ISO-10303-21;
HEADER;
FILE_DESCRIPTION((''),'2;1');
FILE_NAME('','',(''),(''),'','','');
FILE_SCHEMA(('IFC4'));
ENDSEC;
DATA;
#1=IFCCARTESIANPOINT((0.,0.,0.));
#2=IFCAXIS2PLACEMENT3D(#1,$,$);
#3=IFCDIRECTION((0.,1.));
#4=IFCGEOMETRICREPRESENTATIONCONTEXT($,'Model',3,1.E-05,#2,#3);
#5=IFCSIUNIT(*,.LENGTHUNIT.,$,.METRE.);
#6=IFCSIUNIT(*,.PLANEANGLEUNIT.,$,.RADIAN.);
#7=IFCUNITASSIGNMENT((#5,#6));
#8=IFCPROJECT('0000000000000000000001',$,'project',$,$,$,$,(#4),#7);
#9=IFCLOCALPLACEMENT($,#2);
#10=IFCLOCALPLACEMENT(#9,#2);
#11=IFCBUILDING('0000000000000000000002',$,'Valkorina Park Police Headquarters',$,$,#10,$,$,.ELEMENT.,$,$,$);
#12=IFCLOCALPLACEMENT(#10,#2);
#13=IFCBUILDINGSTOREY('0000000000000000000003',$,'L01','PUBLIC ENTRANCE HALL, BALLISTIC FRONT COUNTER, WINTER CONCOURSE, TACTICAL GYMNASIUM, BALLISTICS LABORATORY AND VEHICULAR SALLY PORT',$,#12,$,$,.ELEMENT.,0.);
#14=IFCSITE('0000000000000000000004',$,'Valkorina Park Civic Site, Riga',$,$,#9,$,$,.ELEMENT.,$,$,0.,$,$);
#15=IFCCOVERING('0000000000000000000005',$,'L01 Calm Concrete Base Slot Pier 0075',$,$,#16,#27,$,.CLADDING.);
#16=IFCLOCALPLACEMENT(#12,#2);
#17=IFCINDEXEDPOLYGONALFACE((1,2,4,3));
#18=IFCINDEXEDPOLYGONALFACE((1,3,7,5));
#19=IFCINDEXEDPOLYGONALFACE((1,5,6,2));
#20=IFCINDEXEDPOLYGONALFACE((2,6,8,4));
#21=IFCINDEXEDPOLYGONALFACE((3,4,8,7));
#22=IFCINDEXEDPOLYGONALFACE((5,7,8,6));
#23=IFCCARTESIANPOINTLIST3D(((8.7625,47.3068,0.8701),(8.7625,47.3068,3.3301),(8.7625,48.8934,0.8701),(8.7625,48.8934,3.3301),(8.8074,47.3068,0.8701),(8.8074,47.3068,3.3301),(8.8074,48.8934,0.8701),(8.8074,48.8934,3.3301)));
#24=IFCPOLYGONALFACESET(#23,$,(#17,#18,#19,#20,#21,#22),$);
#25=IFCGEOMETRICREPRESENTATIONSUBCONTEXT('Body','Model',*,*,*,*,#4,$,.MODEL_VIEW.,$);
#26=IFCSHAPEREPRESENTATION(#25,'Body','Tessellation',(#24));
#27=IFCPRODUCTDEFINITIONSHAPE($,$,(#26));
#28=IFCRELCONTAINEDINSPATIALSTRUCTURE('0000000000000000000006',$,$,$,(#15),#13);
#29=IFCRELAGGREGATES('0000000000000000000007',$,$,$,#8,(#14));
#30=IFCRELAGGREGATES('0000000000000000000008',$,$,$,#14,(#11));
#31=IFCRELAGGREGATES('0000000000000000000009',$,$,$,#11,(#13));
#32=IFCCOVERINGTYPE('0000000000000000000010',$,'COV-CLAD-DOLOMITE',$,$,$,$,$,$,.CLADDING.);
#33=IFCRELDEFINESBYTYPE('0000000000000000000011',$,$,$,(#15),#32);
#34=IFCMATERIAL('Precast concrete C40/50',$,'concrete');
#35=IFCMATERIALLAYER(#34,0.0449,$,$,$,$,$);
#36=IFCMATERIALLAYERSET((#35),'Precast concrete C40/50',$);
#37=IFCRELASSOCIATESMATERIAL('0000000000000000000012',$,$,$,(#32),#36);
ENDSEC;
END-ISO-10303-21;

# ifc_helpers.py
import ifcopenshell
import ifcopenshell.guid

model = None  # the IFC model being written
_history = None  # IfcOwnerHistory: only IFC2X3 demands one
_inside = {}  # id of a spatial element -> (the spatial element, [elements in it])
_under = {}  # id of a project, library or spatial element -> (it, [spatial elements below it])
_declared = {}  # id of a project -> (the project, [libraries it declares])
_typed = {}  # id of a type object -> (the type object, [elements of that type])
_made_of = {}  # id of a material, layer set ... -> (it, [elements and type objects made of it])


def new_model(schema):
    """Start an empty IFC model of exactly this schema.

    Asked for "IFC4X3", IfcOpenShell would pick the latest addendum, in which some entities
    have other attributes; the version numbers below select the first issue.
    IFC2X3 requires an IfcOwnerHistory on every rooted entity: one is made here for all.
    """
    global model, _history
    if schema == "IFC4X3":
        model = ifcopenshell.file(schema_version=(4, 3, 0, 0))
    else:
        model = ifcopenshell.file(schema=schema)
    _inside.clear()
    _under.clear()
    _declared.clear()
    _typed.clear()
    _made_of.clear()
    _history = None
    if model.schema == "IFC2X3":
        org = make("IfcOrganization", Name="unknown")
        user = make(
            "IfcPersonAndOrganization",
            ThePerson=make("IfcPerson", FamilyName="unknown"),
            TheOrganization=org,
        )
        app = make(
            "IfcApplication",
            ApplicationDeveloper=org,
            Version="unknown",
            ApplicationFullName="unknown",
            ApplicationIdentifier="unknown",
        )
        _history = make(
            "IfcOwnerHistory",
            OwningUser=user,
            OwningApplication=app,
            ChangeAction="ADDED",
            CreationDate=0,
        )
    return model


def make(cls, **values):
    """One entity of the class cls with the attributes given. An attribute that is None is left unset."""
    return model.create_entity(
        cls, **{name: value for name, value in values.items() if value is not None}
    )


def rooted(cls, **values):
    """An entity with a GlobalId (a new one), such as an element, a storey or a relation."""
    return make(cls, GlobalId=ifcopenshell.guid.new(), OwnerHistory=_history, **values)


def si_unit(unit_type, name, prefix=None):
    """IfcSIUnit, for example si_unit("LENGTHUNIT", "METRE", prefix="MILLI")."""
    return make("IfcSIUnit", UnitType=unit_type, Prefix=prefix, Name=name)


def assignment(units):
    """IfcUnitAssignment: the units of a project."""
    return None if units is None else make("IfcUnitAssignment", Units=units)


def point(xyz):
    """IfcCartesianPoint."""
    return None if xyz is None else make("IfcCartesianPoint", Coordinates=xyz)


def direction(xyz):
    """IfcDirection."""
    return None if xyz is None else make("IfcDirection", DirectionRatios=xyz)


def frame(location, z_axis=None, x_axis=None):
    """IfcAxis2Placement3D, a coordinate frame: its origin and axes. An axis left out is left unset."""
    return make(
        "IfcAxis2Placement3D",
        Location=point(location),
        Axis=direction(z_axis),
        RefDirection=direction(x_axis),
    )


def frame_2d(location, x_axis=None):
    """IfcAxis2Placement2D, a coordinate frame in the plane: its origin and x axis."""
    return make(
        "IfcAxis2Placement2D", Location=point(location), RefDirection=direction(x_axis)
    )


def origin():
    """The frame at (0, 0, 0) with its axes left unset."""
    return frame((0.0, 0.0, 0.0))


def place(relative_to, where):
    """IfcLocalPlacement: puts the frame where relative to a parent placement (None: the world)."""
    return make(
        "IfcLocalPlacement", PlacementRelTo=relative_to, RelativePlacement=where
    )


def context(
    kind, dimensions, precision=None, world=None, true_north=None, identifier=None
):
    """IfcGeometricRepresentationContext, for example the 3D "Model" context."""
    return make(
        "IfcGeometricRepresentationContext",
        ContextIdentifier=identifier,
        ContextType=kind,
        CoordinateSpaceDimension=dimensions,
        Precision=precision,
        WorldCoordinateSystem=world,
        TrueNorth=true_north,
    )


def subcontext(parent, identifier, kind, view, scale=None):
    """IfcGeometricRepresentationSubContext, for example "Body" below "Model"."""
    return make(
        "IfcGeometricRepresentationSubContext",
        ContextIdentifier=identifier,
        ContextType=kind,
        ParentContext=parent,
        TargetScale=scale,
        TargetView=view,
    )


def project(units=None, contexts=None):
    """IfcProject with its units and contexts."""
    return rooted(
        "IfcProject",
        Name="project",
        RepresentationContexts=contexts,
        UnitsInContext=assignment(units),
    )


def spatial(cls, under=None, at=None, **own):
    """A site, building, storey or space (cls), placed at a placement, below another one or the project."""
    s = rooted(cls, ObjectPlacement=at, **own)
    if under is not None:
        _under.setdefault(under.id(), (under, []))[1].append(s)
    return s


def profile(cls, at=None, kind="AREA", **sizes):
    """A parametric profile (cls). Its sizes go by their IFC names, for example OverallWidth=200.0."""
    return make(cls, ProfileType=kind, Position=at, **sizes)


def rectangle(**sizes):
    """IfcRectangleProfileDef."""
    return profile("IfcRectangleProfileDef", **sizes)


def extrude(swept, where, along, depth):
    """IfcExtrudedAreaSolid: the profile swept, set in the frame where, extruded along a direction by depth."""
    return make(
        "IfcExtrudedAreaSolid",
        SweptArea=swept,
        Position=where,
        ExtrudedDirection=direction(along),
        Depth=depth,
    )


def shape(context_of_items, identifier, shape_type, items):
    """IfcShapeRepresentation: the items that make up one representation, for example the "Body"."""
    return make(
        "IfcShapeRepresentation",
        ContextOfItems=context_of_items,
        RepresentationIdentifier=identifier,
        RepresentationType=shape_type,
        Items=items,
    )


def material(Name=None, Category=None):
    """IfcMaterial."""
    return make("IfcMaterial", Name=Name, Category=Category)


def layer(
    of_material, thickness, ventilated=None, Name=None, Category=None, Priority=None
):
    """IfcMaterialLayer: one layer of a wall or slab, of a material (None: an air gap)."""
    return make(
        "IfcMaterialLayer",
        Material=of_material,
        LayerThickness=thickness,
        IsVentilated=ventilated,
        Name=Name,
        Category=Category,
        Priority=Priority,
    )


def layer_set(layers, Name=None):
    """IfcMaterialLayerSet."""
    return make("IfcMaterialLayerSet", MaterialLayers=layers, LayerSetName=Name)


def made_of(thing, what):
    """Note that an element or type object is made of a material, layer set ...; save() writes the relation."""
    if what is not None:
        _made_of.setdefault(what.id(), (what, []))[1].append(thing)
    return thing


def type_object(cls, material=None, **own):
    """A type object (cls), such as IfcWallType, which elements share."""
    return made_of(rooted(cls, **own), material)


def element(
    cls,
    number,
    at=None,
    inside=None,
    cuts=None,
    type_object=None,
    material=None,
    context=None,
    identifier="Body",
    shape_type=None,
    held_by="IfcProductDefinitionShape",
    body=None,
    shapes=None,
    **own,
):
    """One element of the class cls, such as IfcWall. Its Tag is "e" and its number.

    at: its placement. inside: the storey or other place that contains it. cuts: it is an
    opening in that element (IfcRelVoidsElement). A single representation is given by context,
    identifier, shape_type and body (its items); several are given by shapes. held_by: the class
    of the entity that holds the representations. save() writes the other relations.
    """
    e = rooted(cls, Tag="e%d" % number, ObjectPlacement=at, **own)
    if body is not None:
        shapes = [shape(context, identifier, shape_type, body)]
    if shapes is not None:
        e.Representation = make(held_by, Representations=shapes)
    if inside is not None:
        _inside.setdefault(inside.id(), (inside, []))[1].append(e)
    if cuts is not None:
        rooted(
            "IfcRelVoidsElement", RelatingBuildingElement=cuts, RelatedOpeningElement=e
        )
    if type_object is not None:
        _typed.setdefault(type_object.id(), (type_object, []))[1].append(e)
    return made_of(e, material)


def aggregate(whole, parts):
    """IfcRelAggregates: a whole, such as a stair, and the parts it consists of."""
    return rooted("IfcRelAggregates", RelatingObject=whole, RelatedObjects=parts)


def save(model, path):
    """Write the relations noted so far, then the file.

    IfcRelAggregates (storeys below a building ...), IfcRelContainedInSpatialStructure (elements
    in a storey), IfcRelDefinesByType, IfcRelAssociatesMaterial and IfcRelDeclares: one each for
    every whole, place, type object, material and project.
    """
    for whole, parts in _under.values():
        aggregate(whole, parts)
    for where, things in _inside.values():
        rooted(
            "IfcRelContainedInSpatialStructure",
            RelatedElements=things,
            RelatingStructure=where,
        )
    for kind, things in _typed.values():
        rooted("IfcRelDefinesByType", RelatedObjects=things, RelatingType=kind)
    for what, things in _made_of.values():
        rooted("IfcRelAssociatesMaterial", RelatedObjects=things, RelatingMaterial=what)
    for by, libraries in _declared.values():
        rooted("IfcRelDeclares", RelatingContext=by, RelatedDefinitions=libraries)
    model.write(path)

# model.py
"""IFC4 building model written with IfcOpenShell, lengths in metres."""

from ifc_helpers import new_model, si_unit, direction, frame, frame_2d, origin, place, context, subcontext, project, spatial, rectangle, extrude, material, layer, layer_set, type_object, element, save


model = new_model("IFC4")

# Units and contexts
model_context = context("Model", 3, precision=1e-05, world=origin(), true_north=direction((0.0, 1.0)))
body_context = subcontext(model_context, "Body", "Model", "MODEL_VIEW")
ifc_project = project(units=[si_unit("LENGTHUNIT", "METRE"), si_unit("PLANEANGLEUNIT", "RADIAN")], contexts=[model_context])

# Site, building, storey
site_placement = place(None, origin())
site = spatial("IfcSite", under=ifc_project, at=site_placement, Name="Valkorina Park Civic Site, Riga", CompositionType="ELEMENT", RefElevation=0.0)
building_placement = place(site_placement, origin())
building = spatial("IfcBuilding", under=site, at=building_placement, Name="Valkorina Park Police Headquarters", CompositionType="ELEMENT")
storey_placement = place(building_placement, origin())
storey = spatial("IfcBuildingStorey", under=building, at=storey_placement, Name="L01", Description="PUBLIC ENTRANCE HALL, BALLISTIC FRONT COUNTER, WINTER CONCOURSE, TACTICAL GYMNASIUM, BALLISTICS LABORATORY AND VEHICULAR SALLY PORT", CompositionType="ELEMENT", Elevation=0.0)

# Covering
ifc_material_1 = material(Name="Precast concrete C40/50", Category="concrete")
ifc_layer_1 = layer(ifc_material_1, 0.0449)
ifc_layer_set_1 = layer_set([ifc_layer_1], Name="Precast concrete C40/50")
covering_type = type_object("IfcCoveringType", Name="COV-CLAD-DOLOMITE", PredefinedType="CLADDING", material=ifc_layer_set_1)
covering_1_placement = place(storey_placement, frame((8.7849, 47.3066, 0.8701), z_axis=(0.0, 0.0, 1.0), x_axis=(0.0, 1.0, 0.0)))
element("IfcCovering", 1, at=covering_1_placement, inside=storey, type_object=covering_type, Name="L01 Calm Concrete Base Slot Pier 0075", PredefinedType="CLADDING", context=body_context, shape_type="SweptSolid", body=[
    extrude(rectangle(XDim=1.5867, YDim=0.0449, at=frame_2d((0.7935, 0.0))), origin(), (0.0, 0.0, 1.0), 2.46),
])

save(model, "model.ifc")
